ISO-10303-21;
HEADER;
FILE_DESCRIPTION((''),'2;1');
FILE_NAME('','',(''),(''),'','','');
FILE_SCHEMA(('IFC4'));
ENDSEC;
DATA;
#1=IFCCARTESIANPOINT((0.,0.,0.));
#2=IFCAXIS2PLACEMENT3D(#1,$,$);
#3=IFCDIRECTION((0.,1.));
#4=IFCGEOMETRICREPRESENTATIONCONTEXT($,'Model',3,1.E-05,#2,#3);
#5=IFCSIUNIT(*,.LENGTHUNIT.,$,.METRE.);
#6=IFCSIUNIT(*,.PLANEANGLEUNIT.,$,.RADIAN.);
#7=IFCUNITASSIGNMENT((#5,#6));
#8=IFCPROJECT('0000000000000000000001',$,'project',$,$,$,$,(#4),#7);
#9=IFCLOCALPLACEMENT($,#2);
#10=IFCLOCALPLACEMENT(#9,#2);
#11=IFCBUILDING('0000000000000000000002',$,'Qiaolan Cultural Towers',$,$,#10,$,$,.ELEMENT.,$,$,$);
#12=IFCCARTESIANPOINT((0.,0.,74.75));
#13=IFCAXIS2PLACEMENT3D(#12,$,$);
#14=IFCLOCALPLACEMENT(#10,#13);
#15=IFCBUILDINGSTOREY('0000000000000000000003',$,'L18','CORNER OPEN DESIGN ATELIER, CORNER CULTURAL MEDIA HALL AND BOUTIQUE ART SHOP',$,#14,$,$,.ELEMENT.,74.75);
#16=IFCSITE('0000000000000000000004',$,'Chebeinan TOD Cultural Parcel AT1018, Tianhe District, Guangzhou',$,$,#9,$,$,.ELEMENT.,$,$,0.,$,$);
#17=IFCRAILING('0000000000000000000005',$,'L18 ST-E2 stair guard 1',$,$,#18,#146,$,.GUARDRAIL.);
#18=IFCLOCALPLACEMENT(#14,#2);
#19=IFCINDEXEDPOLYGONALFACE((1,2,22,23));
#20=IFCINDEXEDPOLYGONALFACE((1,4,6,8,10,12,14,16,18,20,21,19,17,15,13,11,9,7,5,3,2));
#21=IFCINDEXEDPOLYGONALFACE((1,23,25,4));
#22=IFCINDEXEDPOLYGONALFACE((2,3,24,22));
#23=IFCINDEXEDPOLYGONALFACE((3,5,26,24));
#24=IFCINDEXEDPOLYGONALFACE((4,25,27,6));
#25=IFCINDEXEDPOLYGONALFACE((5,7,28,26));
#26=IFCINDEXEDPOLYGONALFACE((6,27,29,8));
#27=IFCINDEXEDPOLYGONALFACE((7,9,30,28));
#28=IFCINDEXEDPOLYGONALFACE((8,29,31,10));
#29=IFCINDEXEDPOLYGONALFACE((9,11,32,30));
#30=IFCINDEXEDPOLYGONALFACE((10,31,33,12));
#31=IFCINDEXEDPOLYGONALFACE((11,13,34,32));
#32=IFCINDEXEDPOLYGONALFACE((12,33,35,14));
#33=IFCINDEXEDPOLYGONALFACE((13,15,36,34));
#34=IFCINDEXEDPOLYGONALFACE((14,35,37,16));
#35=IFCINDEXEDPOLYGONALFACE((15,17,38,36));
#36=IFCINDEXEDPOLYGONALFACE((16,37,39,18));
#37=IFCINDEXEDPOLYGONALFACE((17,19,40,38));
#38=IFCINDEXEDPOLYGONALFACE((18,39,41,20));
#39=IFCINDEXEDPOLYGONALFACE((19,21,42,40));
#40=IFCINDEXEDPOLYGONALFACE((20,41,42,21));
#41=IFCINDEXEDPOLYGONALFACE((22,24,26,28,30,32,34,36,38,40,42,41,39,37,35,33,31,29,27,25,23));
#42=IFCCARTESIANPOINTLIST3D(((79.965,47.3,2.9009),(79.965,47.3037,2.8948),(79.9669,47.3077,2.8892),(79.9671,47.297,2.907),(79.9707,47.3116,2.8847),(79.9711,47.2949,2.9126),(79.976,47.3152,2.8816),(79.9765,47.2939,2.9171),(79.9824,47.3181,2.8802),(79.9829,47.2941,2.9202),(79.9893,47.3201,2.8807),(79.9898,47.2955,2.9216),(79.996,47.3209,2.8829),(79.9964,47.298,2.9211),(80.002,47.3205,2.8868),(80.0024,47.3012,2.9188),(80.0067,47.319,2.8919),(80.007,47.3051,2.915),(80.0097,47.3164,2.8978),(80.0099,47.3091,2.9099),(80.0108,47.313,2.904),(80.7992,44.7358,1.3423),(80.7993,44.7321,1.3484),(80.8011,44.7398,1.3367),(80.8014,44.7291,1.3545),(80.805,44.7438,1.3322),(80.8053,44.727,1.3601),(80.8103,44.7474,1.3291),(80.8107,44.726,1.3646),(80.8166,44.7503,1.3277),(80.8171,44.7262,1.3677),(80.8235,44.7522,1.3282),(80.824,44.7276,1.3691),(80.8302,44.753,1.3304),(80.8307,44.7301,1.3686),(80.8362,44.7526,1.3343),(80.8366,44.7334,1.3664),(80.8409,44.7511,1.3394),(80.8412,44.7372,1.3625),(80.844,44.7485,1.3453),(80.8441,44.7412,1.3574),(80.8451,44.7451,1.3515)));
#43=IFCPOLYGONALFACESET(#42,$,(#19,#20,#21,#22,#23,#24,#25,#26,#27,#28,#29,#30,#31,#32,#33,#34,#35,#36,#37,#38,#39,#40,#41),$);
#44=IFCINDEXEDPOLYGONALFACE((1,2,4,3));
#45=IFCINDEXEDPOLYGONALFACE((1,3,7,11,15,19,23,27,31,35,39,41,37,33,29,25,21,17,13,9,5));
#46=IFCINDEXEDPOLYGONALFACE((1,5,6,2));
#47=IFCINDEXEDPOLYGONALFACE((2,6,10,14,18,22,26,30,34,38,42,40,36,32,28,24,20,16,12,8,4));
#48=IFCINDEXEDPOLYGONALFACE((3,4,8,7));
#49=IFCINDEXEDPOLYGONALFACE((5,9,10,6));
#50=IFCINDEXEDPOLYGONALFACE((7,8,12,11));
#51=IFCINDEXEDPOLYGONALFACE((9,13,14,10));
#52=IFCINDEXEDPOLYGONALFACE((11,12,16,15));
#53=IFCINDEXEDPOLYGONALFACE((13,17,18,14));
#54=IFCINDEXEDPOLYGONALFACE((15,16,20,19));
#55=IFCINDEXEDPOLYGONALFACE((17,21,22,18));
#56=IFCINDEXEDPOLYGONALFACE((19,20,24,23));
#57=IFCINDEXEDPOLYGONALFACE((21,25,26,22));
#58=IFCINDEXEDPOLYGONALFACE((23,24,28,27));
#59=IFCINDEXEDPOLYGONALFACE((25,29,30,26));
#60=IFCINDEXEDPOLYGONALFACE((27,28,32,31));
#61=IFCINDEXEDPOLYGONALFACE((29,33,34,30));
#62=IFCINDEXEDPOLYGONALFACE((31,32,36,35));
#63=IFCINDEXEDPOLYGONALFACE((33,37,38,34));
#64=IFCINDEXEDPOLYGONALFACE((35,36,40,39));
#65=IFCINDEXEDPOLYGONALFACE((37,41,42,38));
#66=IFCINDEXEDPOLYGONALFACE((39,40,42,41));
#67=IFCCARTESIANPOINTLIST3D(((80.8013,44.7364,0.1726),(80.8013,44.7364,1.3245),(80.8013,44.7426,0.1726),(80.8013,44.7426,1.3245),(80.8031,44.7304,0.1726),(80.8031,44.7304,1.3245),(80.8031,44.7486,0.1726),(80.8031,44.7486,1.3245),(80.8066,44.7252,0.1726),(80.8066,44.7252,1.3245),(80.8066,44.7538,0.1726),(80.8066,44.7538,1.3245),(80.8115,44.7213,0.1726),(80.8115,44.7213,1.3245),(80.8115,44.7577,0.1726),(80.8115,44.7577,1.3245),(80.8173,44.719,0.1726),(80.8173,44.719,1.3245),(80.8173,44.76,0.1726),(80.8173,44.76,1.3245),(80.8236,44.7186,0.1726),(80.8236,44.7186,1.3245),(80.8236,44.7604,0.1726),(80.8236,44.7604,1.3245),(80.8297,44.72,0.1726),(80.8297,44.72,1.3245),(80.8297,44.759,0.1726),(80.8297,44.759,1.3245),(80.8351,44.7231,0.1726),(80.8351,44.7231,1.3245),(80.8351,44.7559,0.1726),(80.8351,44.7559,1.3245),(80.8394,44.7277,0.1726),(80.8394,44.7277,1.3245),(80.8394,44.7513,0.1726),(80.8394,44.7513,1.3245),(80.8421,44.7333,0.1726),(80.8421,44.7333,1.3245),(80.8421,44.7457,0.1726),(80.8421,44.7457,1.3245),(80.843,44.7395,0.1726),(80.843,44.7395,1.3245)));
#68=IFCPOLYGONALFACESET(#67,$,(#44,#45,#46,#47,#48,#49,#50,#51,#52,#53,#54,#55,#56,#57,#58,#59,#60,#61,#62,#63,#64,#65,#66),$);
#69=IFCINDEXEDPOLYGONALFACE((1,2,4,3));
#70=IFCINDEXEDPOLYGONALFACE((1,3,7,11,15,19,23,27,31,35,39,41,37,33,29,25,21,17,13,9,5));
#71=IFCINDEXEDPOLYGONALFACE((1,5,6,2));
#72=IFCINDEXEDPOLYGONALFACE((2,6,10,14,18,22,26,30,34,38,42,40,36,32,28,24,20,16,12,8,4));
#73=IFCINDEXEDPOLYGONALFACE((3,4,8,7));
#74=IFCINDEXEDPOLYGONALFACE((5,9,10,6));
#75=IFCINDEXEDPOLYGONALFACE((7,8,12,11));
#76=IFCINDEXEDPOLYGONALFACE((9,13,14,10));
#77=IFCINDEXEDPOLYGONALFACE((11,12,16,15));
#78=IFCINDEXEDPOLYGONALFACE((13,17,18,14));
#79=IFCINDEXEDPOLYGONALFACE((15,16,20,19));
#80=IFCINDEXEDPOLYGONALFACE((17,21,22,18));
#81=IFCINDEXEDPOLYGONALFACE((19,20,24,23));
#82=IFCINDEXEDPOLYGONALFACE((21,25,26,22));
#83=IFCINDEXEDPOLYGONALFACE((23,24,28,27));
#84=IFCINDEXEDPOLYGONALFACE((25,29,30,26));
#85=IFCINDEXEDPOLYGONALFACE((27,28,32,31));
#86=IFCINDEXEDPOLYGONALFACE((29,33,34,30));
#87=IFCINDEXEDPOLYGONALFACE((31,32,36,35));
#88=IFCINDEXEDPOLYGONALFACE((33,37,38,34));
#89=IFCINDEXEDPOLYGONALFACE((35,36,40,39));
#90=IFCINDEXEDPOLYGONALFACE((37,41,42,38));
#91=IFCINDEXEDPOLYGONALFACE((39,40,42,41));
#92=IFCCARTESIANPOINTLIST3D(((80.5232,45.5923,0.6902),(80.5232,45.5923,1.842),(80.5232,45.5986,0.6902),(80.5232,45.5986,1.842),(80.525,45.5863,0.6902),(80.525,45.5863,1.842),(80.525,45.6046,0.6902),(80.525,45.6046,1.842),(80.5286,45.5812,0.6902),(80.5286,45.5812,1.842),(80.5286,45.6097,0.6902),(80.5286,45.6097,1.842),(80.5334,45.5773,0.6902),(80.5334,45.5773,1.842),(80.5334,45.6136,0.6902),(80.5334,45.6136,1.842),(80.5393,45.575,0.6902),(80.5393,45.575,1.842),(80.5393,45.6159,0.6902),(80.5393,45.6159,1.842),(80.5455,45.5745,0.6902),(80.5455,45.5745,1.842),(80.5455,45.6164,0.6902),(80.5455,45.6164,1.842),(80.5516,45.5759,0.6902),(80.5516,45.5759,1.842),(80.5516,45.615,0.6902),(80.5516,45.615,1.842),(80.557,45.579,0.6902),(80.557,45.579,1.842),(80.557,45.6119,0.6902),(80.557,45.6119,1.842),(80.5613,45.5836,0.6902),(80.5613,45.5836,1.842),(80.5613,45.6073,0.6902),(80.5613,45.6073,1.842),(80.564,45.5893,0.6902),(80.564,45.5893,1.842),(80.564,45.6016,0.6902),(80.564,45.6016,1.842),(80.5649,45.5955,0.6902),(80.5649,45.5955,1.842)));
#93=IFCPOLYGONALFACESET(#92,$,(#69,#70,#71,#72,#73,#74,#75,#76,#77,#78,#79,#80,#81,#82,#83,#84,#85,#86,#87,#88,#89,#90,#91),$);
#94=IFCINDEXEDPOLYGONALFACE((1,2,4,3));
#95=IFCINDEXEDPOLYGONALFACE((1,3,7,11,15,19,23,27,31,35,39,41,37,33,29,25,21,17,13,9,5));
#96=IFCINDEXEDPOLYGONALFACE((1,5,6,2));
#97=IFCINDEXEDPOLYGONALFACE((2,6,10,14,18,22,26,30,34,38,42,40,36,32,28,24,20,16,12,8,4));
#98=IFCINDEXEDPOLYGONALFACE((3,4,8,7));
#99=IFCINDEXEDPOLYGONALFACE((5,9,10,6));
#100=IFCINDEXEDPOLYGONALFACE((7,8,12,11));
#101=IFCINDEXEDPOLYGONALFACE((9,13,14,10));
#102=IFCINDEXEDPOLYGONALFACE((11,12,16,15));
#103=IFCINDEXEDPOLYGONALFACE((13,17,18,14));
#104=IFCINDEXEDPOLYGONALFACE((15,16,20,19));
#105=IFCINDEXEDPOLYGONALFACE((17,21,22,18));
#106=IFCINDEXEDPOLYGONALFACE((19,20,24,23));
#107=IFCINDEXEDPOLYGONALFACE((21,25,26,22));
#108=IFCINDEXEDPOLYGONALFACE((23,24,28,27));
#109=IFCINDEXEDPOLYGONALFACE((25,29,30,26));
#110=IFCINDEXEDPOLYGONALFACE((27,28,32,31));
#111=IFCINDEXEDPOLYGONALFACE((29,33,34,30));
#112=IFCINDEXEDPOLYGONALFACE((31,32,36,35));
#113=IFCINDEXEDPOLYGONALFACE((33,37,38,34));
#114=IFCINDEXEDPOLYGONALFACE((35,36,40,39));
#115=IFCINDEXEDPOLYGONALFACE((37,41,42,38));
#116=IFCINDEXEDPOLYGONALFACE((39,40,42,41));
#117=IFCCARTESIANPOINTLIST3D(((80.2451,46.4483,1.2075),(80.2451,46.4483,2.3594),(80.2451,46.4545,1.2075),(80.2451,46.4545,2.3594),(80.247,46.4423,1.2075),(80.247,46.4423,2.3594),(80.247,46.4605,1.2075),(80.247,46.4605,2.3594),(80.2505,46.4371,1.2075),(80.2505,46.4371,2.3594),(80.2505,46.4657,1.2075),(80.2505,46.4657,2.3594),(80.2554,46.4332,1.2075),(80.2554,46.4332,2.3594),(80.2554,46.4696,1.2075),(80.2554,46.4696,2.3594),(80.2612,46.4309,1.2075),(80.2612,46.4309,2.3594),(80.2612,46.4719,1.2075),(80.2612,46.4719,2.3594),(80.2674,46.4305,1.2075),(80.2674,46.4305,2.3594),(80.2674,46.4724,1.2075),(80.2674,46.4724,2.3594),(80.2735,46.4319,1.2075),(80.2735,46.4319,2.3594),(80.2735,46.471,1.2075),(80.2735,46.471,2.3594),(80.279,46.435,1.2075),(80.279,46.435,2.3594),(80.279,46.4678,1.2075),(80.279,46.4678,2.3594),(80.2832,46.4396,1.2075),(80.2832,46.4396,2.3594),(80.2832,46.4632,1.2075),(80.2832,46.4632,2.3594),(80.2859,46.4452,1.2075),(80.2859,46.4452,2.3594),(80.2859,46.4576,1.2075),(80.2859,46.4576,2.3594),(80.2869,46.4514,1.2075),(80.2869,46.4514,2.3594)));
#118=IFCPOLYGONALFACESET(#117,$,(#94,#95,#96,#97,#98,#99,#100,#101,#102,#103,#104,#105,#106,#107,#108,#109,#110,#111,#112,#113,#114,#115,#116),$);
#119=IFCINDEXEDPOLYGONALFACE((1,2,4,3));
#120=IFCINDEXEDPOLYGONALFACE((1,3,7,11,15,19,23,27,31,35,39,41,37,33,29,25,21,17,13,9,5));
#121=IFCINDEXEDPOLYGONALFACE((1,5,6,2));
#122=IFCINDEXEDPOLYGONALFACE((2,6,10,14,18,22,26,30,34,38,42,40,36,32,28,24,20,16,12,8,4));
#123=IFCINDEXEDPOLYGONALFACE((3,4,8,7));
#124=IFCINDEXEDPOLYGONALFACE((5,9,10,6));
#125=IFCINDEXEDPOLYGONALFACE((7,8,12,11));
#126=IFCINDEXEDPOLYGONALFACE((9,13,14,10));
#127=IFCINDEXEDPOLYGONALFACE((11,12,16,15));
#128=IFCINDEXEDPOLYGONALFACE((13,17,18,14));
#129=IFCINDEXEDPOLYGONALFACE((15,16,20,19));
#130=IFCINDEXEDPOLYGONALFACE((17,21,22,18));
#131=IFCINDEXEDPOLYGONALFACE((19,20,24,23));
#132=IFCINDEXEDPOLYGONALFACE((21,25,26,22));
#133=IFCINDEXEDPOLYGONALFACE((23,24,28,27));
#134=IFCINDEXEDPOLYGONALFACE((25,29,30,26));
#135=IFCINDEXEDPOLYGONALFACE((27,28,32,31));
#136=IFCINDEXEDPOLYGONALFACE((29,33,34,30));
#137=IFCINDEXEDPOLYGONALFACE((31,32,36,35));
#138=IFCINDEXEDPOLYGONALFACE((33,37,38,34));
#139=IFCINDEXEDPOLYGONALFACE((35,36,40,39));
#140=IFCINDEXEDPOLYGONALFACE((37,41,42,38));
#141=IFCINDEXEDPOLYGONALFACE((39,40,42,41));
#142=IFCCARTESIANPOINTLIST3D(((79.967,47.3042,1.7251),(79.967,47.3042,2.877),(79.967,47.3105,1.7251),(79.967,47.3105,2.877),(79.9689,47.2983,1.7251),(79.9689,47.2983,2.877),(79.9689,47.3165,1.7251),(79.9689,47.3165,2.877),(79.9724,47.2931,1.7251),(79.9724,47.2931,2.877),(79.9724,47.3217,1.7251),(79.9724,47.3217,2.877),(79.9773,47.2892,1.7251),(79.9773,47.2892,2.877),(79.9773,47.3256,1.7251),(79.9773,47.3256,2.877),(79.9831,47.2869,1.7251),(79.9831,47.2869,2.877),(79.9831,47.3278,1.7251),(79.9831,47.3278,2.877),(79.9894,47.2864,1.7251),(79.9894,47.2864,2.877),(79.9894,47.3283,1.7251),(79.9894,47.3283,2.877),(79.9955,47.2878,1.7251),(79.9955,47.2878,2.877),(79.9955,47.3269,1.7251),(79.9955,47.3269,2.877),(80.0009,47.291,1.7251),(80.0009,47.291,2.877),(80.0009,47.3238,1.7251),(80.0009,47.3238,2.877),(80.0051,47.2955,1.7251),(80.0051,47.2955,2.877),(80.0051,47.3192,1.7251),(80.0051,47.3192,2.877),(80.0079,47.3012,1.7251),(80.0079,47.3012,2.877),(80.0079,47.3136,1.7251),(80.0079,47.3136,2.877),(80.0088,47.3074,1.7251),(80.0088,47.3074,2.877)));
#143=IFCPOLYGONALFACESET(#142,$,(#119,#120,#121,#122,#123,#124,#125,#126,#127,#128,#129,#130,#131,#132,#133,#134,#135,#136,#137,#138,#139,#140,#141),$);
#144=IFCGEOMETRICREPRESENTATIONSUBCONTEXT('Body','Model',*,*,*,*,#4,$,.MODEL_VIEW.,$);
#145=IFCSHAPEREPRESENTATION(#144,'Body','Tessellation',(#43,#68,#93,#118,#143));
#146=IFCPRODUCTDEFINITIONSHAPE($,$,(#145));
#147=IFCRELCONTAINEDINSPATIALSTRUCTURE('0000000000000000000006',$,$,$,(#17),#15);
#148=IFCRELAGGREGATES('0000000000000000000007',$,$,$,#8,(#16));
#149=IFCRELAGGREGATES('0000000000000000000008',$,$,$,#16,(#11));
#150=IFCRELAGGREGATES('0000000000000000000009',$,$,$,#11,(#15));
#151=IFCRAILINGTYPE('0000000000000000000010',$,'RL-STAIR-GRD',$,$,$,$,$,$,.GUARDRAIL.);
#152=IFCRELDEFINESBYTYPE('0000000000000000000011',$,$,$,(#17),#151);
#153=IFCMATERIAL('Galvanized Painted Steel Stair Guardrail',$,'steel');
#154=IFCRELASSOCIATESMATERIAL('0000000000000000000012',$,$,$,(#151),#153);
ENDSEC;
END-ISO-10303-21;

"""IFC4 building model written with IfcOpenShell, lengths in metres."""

from ifc_helpers import new_model, si_unit, direction, frame, origin, origin_2d, place, context, subcontext, project, spatial, circle, extrude, material, type_object, element, save


model = new_model("IFC4")

# Units and contexts
model_context = context("Model", 3, precision=1e-05, world=origin(), true_north=direction((0.0, 1.0)))
body_context = subcontext(model_context, "Body", "Model", "MODEL_VIEW")
ifc_project = project(units=[si_unit("LENGTHUNIT", "METRE"), si_unit("PLANEANGLEUNIT", "RADIAN")], contexts=[model_context])

# Site, building, storey
site_placement = place(None, origin())
site = spatial("IfcSite", under=ifc_project, at=site_placement, Name="Chebeinan TOD Cultural Parcel AT1018, Tianhe District, Guangzhou", CompositionType="ELEMENT", RefElevation=0.0)
building_placement = place(site_placement, origin())
building = spatial("IfcBuilding", under=site, at=building_placement, Name="Qiaolan Cultural Towers", CompositionType="ELEMENT")
storey_placement = place(building_placement, frame((0.0, 0.0, 74.75)))
storey = spatial("IfcBuildingStorey", under=building, at=storey_placement, Name="L18", Description="CORNER OPEN DESIGN ATELIER, CORNER CULTURAL MEDIA HALL AND BOUTIQUE ART SHOP", CompositionType="ELEMENT", Elevation=74.75)

# Railing
ifc_material_1 = material(Name="Galvanized Painted Steel Stair Guardrail", Category="steel")
railing_type = type_object("IfcRailingType", Name="RL-STAIR-GRD", PredefinedType="GUARDRAIL", material=ifc_material_1)
railing_1_placement = place(storey_placement, frame((80.822, 44.7395, 0.1726)))
element("IfcRailing", 1, at=railing_1_placement, inside=storey, type_object=railing_type, Name="L18 ST-E2 stair guard 1", PredefinedType="GUARDRAIL", context=body_context, shape_type="SweptSolid", body=[
    extrude(circle(Radius=0.0239, at=origin_2d()), frame((0.0, 0.0, 1.1758), z_axis=(-0.267853, 0.824488, 0.498471), x_axis=(-0.95107, -0.308976, 0.0)), (0.0, 0.0, 1.0), 3.1145),
    extrude(circle(Radius=0.021, at=origin_2d()), origin(), (0.0, 0.0, 1.0), 1.1519),
    extrude(circle(Radius=0.021, at=origin_2d()), frame((-0.2781, 0.856, 0.5176)), (0.0, 0.0, 1.0), 1.1519),
    extrude(circle(Radius=0.021, at=origin_2d()), frame((-0.5562, 1.7119, 1.0349)), (0.0, 0.0, 1.0), 1.1519),
    extrude(circle(Radius=0.021, at=origin_2d()), frame((-0.8342, 2.5679, 1.5525)), (0.0, 0.0, 1.0), 1.1519),
])

save(model, "model.ifc")
